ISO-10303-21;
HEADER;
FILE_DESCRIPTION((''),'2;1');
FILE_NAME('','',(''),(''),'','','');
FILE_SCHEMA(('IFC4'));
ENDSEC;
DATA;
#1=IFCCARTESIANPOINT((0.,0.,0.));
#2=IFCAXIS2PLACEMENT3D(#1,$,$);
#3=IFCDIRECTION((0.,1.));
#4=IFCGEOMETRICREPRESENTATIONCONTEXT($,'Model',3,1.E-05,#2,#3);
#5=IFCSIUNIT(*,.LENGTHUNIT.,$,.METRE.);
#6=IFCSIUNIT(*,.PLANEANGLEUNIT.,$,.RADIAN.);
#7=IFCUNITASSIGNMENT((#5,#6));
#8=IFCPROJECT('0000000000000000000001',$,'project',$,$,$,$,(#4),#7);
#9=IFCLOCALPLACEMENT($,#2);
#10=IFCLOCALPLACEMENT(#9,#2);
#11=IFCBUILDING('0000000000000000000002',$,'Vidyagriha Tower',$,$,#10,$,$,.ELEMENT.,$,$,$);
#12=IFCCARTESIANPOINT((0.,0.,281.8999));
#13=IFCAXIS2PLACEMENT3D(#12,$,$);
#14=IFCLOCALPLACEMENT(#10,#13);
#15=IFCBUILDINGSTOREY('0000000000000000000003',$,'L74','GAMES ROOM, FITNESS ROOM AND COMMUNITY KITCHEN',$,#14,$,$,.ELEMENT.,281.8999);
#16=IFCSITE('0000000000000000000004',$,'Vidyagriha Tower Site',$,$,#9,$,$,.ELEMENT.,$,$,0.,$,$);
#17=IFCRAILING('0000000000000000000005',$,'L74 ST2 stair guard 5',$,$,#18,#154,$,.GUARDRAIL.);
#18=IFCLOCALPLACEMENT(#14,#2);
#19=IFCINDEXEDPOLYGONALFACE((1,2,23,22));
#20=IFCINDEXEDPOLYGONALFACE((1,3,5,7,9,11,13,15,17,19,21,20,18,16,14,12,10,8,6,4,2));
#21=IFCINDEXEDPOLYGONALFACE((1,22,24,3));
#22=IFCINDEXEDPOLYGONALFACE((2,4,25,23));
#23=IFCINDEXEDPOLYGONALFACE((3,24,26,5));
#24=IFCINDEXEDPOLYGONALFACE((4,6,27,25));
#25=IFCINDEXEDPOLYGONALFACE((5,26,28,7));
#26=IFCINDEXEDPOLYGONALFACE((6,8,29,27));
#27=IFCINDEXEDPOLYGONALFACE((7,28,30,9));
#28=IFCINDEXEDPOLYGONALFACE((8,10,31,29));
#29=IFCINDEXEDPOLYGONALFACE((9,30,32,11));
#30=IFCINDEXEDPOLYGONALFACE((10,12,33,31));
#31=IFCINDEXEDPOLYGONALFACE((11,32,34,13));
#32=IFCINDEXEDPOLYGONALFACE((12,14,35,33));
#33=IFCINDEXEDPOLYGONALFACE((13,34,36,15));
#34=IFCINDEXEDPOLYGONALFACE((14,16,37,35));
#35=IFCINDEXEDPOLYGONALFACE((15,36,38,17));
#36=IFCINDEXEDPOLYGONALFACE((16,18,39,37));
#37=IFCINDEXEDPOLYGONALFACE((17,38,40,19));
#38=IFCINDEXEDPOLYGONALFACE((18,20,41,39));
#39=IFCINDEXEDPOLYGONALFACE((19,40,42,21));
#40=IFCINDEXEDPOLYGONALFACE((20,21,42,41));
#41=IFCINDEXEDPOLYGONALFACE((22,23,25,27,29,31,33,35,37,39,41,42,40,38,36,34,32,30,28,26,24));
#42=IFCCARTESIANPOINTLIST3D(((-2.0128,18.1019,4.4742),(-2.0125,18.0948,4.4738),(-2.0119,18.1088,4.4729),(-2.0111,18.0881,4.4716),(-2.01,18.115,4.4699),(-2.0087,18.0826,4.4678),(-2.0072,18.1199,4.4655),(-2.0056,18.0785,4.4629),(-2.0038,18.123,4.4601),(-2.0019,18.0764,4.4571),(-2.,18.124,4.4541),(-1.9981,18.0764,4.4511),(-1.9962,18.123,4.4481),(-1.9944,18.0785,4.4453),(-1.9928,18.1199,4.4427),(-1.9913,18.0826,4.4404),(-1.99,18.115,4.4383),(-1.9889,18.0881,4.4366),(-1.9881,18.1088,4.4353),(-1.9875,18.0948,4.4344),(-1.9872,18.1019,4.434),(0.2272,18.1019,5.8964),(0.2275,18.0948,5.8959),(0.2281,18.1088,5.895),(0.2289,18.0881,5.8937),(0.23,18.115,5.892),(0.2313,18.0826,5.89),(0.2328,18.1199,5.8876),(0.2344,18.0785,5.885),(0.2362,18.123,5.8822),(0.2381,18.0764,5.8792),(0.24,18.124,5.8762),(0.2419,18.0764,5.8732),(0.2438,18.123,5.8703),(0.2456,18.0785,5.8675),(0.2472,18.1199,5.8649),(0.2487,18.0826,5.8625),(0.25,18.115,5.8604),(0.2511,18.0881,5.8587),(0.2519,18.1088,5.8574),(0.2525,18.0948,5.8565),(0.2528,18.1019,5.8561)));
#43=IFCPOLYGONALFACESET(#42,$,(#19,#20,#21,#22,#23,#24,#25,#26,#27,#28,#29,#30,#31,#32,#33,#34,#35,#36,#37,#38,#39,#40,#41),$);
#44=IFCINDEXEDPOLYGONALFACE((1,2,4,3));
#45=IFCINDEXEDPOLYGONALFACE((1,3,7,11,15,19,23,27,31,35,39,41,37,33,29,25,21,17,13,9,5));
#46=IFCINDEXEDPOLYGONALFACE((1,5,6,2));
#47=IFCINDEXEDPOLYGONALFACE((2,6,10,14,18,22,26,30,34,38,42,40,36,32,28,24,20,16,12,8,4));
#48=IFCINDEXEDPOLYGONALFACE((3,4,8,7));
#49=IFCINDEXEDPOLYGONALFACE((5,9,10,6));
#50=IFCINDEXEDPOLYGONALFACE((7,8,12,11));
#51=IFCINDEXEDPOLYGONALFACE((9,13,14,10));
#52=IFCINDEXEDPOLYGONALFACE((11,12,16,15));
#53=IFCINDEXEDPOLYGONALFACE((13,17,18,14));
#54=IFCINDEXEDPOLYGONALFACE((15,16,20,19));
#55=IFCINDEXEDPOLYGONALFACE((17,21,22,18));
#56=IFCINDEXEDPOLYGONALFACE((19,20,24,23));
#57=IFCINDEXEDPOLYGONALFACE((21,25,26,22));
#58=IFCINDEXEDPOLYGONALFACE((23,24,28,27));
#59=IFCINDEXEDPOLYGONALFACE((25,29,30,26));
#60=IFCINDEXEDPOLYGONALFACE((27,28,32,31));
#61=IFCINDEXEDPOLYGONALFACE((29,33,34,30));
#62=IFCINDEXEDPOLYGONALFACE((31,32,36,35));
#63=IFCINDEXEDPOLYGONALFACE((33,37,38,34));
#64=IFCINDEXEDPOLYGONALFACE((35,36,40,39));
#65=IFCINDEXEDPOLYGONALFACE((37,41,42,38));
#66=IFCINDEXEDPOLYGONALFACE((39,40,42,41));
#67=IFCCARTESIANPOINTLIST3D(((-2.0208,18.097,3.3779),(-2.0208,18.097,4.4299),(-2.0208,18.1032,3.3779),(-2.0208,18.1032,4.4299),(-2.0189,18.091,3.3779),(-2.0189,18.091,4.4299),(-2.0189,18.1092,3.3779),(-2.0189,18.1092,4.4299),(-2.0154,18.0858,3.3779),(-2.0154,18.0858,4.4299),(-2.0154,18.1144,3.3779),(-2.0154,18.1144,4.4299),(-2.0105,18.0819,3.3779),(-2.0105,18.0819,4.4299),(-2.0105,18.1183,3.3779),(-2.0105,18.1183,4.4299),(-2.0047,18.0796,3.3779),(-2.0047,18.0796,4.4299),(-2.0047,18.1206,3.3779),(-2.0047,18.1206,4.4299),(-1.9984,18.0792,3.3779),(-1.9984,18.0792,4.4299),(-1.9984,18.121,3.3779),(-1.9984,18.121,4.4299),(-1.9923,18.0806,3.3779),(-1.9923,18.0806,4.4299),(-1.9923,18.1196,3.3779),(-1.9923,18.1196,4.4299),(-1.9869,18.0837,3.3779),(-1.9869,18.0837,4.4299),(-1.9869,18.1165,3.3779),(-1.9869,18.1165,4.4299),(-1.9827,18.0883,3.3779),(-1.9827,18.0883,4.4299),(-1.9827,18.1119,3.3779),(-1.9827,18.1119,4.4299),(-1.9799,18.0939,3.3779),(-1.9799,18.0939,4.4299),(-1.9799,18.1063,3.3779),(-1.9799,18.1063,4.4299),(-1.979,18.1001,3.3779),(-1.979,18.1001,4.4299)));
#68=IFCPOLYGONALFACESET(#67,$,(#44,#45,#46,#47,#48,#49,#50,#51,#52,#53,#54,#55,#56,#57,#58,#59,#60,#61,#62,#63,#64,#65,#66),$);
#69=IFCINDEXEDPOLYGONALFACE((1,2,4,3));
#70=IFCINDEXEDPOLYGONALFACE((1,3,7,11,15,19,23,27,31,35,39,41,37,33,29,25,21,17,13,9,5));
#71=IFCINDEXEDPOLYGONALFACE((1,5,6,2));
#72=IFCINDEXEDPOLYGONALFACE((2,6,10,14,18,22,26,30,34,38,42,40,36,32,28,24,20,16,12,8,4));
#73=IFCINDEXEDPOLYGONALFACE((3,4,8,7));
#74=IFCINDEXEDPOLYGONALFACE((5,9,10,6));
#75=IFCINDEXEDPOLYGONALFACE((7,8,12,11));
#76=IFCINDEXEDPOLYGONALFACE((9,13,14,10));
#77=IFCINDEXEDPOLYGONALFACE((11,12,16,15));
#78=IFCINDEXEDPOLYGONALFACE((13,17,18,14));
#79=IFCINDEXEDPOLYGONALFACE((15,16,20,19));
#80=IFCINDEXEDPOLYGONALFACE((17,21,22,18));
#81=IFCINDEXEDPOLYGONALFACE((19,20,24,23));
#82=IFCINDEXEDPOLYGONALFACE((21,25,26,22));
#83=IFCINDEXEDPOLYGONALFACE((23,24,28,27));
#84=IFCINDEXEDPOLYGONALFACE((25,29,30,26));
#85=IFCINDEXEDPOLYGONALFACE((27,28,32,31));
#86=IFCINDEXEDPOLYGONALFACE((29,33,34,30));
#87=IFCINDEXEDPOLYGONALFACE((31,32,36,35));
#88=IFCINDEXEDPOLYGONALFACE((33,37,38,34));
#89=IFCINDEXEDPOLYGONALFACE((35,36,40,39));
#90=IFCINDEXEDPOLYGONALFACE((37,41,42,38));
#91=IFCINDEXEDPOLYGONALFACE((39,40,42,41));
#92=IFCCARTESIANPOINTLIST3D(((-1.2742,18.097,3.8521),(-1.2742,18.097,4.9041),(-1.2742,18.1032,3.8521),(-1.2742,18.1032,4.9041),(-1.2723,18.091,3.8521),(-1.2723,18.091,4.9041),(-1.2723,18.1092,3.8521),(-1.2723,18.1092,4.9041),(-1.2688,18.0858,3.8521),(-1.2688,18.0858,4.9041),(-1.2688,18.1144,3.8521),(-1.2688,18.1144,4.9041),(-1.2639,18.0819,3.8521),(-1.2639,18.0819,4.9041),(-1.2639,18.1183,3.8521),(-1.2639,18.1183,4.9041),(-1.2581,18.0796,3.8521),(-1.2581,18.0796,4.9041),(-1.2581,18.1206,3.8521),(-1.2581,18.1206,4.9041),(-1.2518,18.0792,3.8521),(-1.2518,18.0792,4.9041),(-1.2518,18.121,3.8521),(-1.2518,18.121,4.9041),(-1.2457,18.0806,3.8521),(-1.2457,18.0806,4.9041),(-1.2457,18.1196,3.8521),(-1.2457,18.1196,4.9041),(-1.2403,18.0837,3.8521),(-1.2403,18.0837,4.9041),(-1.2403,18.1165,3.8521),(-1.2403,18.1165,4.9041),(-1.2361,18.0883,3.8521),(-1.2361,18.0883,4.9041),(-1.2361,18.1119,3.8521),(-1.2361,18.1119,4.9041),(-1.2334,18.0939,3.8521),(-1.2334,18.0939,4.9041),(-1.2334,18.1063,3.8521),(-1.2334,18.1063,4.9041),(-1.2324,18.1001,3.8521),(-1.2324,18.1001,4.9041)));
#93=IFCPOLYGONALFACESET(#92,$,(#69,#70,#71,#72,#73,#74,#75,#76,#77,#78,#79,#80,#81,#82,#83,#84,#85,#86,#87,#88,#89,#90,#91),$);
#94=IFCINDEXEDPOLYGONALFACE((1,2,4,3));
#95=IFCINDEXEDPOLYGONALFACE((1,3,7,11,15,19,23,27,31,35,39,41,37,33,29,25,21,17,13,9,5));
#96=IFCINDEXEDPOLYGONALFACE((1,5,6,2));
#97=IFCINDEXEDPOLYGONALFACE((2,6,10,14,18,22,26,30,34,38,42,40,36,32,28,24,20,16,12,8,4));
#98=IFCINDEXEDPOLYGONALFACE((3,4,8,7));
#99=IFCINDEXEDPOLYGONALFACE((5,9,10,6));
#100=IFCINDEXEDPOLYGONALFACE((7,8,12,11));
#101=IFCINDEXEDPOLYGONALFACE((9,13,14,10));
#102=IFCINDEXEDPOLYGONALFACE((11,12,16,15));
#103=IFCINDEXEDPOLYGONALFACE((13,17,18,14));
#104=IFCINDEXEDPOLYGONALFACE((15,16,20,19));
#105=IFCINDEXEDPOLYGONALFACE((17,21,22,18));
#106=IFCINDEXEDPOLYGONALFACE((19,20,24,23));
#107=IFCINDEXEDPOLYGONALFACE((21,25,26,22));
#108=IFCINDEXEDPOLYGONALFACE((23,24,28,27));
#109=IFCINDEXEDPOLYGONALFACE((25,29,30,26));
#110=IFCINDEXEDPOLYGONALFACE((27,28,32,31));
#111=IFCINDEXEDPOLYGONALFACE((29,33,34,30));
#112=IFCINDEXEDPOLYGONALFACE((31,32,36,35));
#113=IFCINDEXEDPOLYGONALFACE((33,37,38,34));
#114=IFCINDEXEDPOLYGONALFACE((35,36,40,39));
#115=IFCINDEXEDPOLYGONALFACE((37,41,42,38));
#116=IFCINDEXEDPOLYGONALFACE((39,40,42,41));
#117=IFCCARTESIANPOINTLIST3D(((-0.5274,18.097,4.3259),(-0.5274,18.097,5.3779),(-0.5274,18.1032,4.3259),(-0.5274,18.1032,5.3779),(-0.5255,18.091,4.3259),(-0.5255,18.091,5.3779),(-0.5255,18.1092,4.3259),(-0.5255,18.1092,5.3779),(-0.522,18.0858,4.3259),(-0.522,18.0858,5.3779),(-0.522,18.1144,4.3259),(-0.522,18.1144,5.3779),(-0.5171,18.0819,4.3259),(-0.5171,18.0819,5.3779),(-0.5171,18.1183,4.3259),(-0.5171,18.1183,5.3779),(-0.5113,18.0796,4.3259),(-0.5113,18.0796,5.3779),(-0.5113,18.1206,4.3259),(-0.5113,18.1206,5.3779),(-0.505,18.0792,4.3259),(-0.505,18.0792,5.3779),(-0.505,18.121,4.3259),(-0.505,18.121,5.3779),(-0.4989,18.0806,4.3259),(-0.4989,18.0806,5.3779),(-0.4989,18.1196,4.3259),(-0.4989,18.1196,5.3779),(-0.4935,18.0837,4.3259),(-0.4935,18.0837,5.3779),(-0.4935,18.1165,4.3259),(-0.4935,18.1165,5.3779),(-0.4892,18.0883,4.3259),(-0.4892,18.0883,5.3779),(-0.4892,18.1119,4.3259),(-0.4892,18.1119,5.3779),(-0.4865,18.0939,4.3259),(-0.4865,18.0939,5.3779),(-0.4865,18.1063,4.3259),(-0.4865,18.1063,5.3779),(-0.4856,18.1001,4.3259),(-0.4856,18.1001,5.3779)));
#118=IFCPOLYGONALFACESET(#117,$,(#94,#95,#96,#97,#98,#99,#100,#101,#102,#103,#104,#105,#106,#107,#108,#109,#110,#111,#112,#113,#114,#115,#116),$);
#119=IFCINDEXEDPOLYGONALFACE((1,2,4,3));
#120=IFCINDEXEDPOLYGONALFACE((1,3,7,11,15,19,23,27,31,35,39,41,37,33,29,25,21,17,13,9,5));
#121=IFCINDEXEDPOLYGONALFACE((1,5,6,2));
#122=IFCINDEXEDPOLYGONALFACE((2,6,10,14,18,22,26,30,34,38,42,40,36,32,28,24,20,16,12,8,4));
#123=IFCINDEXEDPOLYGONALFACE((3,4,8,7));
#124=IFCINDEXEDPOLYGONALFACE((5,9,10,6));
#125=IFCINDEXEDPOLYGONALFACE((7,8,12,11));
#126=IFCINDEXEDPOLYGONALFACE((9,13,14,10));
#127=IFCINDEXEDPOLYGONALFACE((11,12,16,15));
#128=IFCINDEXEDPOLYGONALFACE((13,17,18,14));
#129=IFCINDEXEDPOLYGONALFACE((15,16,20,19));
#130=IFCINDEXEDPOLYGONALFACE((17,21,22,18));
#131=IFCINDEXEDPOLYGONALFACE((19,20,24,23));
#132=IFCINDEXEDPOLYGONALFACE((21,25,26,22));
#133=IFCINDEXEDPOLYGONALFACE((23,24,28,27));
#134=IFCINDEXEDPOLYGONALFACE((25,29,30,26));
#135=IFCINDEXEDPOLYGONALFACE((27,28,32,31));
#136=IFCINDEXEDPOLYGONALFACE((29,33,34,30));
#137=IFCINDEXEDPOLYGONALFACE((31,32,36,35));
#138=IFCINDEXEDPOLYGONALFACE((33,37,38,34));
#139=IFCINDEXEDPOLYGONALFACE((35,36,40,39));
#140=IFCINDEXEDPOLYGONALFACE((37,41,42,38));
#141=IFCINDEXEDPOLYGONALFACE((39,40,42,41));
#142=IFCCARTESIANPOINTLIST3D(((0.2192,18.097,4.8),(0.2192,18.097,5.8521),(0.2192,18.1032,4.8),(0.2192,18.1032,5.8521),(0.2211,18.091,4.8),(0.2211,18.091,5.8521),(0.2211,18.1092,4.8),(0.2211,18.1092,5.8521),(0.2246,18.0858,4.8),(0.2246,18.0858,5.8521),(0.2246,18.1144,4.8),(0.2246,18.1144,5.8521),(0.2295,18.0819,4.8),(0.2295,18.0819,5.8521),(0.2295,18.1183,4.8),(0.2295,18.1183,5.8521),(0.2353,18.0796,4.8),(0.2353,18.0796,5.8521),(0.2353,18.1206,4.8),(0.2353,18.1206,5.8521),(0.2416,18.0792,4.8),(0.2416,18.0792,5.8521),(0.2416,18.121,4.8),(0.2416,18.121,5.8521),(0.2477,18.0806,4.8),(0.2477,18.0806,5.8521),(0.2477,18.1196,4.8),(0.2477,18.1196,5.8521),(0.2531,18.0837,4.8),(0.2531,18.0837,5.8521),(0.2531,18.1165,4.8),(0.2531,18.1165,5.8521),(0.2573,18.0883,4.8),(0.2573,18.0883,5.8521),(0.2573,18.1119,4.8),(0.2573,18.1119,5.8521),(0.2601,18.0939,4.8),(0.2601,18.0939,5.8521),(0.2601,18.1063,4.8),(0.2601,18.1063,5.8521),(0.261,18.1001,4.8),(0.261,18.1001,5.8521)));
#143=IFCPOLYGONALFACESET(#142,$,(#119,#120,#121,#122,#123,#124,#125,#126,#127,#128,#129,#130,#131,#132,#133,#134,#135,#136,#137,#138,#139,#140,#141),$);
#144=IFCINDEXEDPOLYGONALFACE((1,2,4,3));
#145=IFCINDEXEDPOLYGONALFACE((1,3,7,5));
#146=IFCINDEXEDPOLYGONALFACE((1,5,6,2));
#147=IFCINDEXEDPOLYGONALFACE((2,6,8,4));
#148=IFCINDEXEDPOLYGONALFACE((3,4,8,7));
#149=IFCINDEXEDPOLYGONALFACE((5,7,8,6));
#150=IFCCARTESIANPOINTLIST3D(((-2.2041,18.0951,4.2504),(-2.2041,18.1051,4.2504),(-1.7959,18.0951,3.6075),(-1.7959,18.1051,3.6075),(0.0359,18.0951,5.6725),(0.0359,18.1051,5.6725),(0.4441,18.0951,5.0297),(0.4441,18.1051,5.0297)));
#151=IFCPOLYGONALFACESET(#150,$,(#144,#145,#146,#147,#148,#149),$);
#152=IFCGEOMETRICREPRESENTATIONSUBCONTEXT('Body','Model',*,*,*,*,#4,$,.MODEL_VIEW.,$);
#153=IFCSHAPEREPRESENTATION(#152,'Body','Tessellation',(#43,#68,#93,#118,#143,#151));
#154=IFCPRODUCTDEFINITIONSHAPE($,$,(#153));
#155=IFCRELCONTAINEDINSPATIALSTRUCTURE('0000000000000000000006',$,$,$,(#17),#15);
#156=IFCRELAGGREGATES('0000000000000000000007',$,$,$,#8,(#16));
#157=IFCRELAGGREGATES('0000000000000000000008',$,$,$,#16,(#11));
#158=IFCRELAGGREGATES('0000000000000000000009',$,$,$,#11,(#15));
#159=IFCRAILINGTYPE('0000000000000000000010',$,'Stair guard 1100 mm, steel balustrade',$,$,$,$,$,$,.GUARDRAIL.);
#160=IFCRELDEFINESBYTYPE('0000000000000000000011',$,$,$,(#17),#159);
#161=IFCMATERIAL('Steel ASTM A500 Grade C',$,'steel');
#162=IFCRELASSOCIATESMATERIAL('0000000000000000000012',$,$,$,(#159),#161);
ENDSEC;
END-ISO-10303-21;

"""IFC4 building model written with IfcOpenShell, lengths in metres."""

from ifc_helpers import new_model, si_unit, direction, frame, origin, origin_2d, place, context, subcontext, project, spatial, rectangle, circle, extrude, material, type_object, element, save


model = new_model("IFC4")

# Units and contexts
model_context = context("Model", 3, precision=1e-05, world=origin(), true_north=direction((0.0, 1.0)))
body_context = subcontext(model_context, "Body", "Model", "MODEL_VIEW")
ifc_project = project(units=[si_unit("LENGTHUNIT", "METRE"), si_unit("PLANEANGLEUNIT", "RADIAN")], contexts=[model_context])

# Site, building, storey
site_placement = place(None, origin())
site = spatial("IfcSite", under=ifc_project, at=site_placement, Name="Vidyagriha Tower Site", CompositionType="ELEMENT", RefElevation=0.0)
building_placement = place(site_placement, origin())
building = spatial("IfcBuilding", under=site, at=building_placement, Name="Vidyagriha Tower", CompositionType="ELEMENT")
storey_placement = place(building_placement, frame((0.0, 0.0, 281.8999)))
storey = spatial("IfcBuildingStorey", under=building, at=storey_placement, Name="L74", Description="GAMES ROOM, FITNESS ROOM AND COMMUNITY KITCHEN", CompositionType="ELEMENT", Elevation=281.8999)

# Railing
ifc_material_1 = material(Name="Steel ASTM A500 Grade C", Category="steel")
railing_type_1 = type_object("IfcRailingType", Name="Stair guard 1100 mm, steel balustrade", PredefinedType="GUARDRAIL", material=ifc_material_1)
railing_1_placement = place(storey_placement, frame((-2.0, 18.1001, 3.3779)))
element("IfcRailing", 1, at=railing_1_placement, inside=storey, type_object=railing_type_1, Name="L74 ST2 stair guard 5", PredefinedType="GUARDRAIL", context=body_context, shape_type="SweptSolid", body=[
    extrude(circle(Radius=0.0239, at=origin_2d()), frame((0.0, 0.0, 1.0762), z_axis=(0.844229, 0.0, 0.535982), x_axis=(0.0, 1.0, 0.0)), (0.0, 0.0, 1.0), 2.6533),
    extrude(circle(Radius=0.021, at=origin_2d()), origin(), (0.0, 0.0, 1.0), 1.052),
    extrude(circle(Radius=0.021, at=origin_2d()), frame((0.7466, 0.0, 0.4741)), (0.0, 0.0, 1.0), 1.052),
    extrude(circle(Radius=0.021, at=origin_2d()), frame((1.4934, 0.0, 0.948)), (0.0, 0.0, 1.0), 1.052),
    extrude(circle(Radius=0.021, at=origin_2d()), frame((2.24, 0.0, 1.4221)), (0.0, 0.0, 1.0), 1.052),
    extrude(rectangle(XDim=0.01, YDim=0.7615, at=origin_2d()), frame((0.0, 0.0, 0.551), z_axis=(0.844229, 0.0, 0.535982), x_axis=(0.0, 1.0, 0.0)), (0.0, 0.0, 1.0), 2.6533),
])

save(model, "model.ifc")
